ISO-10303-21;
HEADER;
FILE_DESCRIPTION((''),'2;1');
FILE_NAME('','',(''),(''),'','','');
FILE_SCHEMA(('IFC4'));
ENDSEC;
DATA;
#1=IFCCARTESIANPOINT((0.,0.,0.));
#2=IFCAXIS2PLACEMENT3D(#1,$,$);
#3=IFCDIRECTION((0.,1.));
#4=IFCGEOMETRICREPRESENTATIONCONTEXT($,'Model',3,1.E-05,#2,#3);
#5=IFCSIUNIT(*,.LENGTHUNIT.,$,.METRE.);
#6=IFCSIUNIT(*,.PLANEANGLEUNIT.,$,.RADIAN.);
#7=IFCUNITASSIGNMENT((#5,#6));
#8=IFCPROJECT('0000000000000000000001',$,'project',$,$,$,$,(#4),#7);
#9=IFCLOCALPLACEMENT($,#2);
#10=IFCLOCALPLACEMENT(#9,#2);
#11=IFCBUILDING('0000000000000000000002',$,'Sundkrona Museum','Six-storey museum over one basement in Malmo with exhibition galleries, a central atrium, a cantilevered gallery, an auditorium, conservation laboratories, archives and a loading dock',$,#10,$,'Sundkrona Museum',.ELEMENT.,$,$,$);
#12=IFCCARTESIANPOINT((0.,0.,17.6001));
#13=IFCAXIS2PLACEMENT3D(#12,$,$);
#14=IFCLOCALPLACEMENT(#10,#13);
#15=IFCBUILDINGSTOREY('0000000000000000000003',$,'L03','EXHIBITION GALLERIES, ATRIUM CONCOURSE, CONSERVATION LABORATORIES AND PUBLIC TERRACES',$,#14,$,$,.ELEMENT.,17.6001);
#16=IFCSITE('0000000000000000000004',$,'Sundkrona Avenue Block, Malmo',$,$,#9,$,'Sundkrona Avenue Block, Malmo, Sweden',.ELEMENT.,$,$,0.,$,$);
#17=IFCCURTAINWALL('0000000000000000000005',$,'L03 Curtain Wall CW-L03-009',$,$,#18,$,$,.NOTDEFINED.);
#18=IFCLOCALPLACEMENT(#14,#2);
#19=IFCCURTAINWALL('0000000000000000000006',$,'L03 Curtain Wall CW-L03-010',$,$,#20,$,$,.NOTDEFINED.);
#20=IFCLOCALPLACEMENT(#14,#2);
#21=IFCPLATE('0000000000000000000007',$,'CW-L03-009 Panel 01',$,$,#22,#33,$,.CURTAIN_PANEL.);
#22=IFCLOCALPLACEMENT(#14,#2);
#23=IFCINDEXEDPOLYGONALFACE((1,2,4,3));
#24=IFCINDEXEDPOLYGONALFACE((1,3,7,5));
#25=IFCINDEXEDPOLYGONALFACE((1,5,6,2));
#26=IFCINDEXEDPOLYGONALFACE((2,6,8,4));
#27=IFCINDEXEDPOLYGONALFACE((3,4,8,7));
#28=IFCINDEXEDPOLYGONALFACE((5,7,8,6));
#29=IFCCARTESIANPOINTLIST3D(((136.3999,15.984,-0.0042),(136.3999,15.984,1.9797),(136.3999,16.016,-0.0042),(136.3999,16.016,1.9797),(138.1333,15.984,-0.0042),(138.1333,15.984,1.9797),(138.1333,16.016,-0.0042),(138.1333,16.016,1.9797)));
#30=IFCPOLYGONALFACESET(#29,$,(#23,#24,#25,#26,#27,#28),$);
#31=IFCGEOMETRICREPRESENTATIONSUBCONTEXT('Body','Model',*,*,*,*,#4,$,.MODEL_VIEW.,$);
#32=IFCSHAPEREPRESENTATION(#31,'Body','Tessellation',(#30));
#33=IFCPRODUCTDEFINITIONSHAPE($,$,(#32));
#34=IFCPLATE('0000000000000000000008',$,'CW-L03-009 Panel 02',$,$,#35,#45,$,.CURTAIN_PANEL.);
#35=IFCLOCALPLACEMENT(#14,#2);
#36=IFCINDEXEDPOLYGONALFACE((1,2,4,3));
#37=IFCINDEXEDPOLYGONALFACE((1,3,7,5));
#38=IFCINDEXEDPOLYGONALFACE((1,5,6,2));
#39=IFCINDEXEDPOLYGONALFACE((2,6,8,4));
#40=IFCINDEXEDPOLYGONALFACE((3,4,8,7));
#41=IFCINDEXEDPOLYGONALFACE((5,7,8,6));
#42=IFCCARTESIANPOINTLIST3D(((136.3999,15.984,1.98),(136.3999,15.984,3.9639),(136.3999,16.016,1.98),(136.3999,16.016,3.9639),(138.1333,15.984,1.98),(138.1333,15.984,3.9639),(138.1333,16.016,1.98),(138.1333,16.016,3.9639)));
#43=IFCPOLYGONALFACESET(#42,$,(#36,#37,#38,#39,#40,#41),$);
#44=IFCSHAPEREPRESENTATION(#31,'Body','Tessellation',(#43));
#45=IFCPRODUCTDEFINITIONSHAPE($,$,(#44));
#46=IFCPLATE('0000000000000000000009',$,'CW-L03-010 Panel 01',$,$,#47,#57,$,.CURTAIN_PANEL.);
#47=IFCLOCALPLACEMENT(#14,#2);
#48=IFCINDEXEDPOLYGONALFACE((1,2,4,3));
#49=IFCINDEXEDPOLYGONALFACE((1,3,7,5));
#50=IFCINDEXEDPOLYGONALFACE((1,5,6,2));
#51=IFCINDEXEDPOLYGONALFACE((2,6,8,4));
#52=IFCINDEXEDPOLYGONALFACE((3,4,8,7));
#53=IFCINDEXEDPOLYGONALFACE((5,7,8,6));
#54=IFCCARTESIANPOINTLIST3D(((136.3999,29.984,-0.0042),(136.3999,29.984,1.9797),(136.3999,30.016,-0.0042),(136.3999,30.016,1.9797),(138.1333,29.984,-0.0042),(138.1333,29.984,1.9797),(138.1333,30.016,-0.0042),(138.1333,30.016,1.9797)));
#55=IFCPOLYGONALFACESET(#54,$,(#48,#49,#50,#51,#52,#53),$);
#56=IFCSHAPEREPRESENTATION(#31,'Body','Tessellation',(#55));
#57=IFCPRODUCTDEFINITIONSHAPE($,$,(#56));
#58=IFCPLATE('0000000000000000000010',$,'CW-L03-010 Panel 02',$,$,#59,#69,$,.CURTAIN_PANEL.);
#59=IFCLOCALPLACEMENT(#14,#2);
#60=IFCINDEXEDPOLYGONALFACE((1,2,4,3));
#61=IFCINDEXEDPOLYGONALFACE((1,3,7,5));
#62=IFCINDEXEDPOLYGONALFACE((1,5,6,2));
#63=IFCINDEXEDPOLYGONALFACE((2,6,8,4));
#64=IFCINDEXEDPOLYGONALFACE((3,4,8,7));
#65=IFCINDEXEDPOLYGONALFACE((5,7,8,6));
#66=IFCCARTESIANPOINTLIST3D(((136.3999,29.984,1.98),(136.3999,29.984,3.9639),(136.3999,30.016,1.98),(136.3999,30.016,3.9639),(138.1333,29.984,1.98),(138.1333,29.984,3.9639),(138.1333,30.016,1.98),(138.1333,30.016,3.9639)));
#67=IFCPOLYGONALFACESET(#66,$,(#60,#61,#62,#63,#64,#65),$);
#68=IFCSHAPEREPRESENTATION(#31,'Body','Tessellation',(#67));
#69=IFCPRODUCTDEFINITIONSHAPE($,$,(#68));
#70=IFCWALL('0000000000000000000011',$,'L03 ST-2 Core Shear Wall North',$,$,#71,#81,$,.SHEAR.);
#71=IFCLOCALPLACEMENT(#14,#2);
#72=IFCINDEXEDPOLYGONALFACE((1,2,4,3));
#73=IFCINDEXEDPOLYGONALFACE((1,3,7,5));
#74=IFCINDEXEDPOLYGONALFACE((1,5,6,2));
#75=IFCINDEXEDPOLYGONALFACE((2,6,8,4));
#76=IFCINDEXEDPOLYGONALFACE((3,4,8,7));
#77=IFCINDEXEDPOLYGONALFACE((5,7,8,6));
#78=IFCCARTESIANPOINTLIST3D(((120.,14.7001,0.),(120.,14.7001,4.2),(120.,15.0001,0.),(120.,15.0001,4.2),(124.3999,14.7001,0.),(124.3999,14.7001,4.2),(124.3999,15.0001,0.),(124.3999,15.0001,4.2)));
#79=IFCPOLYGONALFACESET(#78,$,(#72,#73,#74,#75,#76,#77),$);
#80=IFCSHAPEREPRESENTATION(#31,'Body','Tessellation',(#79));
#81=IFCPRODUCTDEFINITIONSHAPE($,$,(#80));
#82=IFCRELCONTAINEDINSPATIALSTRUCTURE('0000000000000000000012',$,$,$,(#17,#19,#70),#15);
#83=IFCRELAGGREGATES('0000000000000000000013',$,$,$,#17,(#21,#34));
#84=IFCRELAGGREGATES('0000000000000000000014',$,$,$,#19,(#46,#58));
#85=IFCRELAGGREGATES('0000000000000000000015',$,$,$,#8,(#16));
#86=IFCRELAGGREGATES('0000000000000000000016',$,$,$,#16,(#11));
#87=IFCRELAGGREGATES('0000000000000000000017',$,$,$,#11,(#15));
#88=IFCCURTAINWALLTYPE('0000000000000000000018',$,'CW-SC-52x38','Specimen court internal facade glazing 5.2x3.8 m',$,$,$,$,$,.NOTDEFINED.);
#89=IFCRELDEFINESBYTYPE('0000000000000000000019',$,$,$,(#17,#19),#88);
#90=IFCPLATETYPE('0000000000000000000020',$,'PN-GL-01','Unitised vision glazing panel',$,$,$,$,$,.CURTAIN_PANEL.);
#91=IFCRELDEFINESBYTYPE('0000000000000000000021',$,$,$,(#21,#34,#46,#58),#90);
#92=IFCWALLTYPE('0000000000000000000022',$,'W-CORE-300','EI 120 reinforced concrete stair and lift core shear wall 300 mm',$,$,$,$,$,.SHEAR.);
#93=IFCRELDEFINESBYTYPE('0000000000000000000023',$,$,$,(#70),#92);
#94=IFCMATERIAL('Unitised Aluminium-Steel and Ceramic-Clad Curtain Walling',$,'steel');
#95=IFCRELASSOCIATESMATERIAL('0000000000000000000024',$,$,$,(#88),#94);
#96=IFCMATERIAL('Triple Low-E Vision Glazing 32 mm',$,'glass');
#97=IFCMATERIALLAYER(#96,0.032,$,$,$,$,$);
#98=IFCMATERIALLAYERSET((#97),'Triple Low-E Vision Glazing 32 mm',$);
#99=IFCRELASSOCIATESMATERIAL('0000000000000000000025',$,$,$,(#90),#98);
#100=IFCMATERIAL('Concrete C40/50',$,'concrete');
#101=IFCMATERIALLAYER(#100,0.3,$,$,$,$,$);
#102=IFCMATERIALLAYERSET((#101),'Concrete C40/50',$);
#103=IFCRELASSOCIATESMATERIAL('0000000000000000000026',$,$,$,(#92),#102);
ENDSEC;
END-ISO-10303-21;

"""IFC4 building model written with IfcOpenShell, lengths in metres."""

from ifc_helpers import new_model, si_unit, direction, frame, frame_2d, origin, origin_2d, place, context, subcontext, project, spatial, rectangle, extrude, material, layer, layer_set, type_object, element, aggregate, save


model = new_model("IFC4")

# Units and contexts
model_context = context("Model", 3, precision=1e-05, world=origin(), true_north=direction((0.0, 1.0)))
body_context = subcontext(model_context, "Body", "Model", "MODEL_VIEW")
ifc_project = project(units=[si_unit("LENGTHUNIT", "METRE"), si_unit("PLANEANGLEUNIT", "RADIAN")], contexts=[model_context])

# Site, building, storey
site_placement = place(None, origin())
site = spatial("IfcSite", under=ifc_project, at=site_placement, Name="Sundkrona Avenue Block, Malmo", LongName="Sundkrona Avenue Block, Malmo, Sweden", CompositionType="ELEMENT", RefElevation=0.0)
building_placement = place(site_placement, origin())
building = spatial("IfcBuilding", under=site, at=building_placement, Name="Sundkrona Museum", Description="Six-storey museum over one basement in Malmo with exhibition galleries, a central atrium, a cantilevered gallery, an auditorium, conservation laboratories, archives and a loading dock", LongName="Sundkrona Museum", CompositionType="ELEMENT")
storey_placement = place(building_placement, frame((0.0, 0.0, 17.6001)))
storey = spatial("IfcBuildingStorey", under=building, at=storey_placement, Name="L03", Description="EXHIBITION GALLERIES, ATRIUM CONCOURSE, CONSERVATION LABORATORIES AND PUBLIC TERRACES", CompositionType="ELEMENT", Elevation=17.6001)

# Curtain wall
ifc_material_1 = material(Name="Unitised Aluminium-Steel and Ceramic-Clad Curtain Walling", Category="steel")
curtain_wall_type = type_object("IfcCurtainWallType", Name="CW-SC-52x38", Description="Specimen court internal facade glazing 5.2x3.8 m", PredefinedType="NOTDEFINED", material=ifc_material_1)
curtain_wall_1_placement = place(storey_placement, origin())
curtain_wall_1 = element("IfcCurtainWall", 1, at=curtain_wall_1_placement, inside=storey, type_object=curtain_wall_type, Name="L03 Curtain Wall CW-L03-009", PredefinedType="NOTDEFINED")

# Curtain wall
curtain_wall_2_placement = place(storey_placement, origin())
curtain_wall_2 = element("IfcCurtainWall", 2, at=curtain_wall_2_placement, inside=storey, type_object=curtain_wall_type, Name="L03 Curtain Wall CW-L03-010", PredefinedType="NOTDEFINED")

# Plates
ifc_material_2 = material(Name="Triple Low-E Vision Glazing 32 mm", Category="glass")
ifc_layer_1 = layer(ifc_material_2, 0.032)
ifc_layer_set_1 = layer_set([ifc_layer_1], Name="Triple Low-E Vision Glazing 32 mm")
plate_type_1 = type_object("IfcPlateType", Name="PN-GL-01", Description="Unitised vision glazing panel", PredefinedType="CURTAIN_PANEL", material=ifc_layer_set_1)
plate_1_placement = place(storey_placement, frame((137.2666, 16.0, -0.0042), z_axis=(0.0, 0.0, 1.0), x_axis=(1.0, 0.0, 0.0)))
plate_1 = element("IfcPlate", 3, at=plate_1_placement, type_object=plate_type_1, Name="CW-L03-009 Panel 01", PredefinedType="CURTAIN_PANEL", context=body_context, shape_type="SweptSolid", body=[
    extrude(rectangle(XDim=1.7334, YDim=0.032, at=origin_2d()), origin(), (0.0, 0.0, 1.0), 1.9839),
])
plate_2_placement = place(storey_placement, frame((137.2666, 16.0, 1.98), z_axis=(0.0, 0.0, 1.0), x_axis=(1.0, 0.0, 0.0)))
plate_2 = element("IfcPlate", 4, at=plate_2_placement, type_object=plate_type_1, Name="CW-L03-009 Panel 02", PredefinedType="CURTAIN_PANEL", context=body_context, shape_type="SweptSolid", body=[
    extrude(rectangle(XDim=1.7334, YDim=0.032, at=origin_2d()), origin(), (0.0, 0.0, 1.0), 1.9839),
])
aggregate(curtain_wall_1, [plate_1, plate_2])
plate_3_placement = place(storey_placement, frame((137.2666, 30.0, -0.0042), z_axis=(0.0, 0.0, 1.0), x_axis=(1.0, 0.0, 0.0)))
plate_3 = element("IfcPlate", 5, at=plate_3_placement, type_object=plate_type_1, Name="CW-L03-010 Panel 01", PredefinedType="CURTAIN_PANEL", context=body_context, shape_type="SweptSolid", body=[
    extrude(rectangle(XDim=1.7334, YDim=0.032, at=origin_2d()), origin(), (0.0, 0.0, 1.0), 1.9839),
])
plate_4_placement = place(storey_placement, frame((137.2666, 30.0, 1.98), z_axis=(0.0, 0.0, 1.0), x_axis=(1.0, 0.0, 0.0)))
plate_4 = element("IfcPlate", 6, at=plate_4_placement, type_object=plate_type_1, Name="CW-L03-010 Panel 02", PredefinedType="CURTAIN_PANEL", context=body_context, shape_type="SweptSolid", body=[
    extrude(rectangle(XDim=1.7334, YDim=0.032, at=origin_2d()), origin(), (0.0, 0.0, 1.0), 1.9839),
])
aggregate(curtain_wall_2, [plate_3, plate_4])

# Wall
ifc_material_3 = material(Name="Concrete C40/50", Category="concrete")
ifc_layer_2 = layer(ifc_material_3, 0.3)
ifc_layer_set_2 = layer_set([ifc_layer_2], Name="Concrete C40/50")
wall_type = type_object("IfcWallType", Name="W-CORE-300", Description="EI 120 reinforced concrete stair and lift core shear wall 300 mm", PredefinedType="SHEAR", material=ifc_layer_set_2)
wall_placement = place(storey_placement, frame((120.0, 14.8501, 0.0), z_axis=(0.0, 0.0, 1.0), x_axis=(1.0, 0.0, 0.0)))
element("IfcWall", 7, at=wall_placement, inside=storey, type_object=wall_type, Name="L03 ST-2 Core Shear Wall North", PredefinedType="SHEAR", context=body_context, shape_type="SweptSolid", body=[
    extrude(rectangle(XDim=4.3999, YDim=0.3, at=frame_2d((2.2, 0.0))), origin(), (0.0, 0.0, 1.0), 4.2),
])

save(model, "model.ifc")
